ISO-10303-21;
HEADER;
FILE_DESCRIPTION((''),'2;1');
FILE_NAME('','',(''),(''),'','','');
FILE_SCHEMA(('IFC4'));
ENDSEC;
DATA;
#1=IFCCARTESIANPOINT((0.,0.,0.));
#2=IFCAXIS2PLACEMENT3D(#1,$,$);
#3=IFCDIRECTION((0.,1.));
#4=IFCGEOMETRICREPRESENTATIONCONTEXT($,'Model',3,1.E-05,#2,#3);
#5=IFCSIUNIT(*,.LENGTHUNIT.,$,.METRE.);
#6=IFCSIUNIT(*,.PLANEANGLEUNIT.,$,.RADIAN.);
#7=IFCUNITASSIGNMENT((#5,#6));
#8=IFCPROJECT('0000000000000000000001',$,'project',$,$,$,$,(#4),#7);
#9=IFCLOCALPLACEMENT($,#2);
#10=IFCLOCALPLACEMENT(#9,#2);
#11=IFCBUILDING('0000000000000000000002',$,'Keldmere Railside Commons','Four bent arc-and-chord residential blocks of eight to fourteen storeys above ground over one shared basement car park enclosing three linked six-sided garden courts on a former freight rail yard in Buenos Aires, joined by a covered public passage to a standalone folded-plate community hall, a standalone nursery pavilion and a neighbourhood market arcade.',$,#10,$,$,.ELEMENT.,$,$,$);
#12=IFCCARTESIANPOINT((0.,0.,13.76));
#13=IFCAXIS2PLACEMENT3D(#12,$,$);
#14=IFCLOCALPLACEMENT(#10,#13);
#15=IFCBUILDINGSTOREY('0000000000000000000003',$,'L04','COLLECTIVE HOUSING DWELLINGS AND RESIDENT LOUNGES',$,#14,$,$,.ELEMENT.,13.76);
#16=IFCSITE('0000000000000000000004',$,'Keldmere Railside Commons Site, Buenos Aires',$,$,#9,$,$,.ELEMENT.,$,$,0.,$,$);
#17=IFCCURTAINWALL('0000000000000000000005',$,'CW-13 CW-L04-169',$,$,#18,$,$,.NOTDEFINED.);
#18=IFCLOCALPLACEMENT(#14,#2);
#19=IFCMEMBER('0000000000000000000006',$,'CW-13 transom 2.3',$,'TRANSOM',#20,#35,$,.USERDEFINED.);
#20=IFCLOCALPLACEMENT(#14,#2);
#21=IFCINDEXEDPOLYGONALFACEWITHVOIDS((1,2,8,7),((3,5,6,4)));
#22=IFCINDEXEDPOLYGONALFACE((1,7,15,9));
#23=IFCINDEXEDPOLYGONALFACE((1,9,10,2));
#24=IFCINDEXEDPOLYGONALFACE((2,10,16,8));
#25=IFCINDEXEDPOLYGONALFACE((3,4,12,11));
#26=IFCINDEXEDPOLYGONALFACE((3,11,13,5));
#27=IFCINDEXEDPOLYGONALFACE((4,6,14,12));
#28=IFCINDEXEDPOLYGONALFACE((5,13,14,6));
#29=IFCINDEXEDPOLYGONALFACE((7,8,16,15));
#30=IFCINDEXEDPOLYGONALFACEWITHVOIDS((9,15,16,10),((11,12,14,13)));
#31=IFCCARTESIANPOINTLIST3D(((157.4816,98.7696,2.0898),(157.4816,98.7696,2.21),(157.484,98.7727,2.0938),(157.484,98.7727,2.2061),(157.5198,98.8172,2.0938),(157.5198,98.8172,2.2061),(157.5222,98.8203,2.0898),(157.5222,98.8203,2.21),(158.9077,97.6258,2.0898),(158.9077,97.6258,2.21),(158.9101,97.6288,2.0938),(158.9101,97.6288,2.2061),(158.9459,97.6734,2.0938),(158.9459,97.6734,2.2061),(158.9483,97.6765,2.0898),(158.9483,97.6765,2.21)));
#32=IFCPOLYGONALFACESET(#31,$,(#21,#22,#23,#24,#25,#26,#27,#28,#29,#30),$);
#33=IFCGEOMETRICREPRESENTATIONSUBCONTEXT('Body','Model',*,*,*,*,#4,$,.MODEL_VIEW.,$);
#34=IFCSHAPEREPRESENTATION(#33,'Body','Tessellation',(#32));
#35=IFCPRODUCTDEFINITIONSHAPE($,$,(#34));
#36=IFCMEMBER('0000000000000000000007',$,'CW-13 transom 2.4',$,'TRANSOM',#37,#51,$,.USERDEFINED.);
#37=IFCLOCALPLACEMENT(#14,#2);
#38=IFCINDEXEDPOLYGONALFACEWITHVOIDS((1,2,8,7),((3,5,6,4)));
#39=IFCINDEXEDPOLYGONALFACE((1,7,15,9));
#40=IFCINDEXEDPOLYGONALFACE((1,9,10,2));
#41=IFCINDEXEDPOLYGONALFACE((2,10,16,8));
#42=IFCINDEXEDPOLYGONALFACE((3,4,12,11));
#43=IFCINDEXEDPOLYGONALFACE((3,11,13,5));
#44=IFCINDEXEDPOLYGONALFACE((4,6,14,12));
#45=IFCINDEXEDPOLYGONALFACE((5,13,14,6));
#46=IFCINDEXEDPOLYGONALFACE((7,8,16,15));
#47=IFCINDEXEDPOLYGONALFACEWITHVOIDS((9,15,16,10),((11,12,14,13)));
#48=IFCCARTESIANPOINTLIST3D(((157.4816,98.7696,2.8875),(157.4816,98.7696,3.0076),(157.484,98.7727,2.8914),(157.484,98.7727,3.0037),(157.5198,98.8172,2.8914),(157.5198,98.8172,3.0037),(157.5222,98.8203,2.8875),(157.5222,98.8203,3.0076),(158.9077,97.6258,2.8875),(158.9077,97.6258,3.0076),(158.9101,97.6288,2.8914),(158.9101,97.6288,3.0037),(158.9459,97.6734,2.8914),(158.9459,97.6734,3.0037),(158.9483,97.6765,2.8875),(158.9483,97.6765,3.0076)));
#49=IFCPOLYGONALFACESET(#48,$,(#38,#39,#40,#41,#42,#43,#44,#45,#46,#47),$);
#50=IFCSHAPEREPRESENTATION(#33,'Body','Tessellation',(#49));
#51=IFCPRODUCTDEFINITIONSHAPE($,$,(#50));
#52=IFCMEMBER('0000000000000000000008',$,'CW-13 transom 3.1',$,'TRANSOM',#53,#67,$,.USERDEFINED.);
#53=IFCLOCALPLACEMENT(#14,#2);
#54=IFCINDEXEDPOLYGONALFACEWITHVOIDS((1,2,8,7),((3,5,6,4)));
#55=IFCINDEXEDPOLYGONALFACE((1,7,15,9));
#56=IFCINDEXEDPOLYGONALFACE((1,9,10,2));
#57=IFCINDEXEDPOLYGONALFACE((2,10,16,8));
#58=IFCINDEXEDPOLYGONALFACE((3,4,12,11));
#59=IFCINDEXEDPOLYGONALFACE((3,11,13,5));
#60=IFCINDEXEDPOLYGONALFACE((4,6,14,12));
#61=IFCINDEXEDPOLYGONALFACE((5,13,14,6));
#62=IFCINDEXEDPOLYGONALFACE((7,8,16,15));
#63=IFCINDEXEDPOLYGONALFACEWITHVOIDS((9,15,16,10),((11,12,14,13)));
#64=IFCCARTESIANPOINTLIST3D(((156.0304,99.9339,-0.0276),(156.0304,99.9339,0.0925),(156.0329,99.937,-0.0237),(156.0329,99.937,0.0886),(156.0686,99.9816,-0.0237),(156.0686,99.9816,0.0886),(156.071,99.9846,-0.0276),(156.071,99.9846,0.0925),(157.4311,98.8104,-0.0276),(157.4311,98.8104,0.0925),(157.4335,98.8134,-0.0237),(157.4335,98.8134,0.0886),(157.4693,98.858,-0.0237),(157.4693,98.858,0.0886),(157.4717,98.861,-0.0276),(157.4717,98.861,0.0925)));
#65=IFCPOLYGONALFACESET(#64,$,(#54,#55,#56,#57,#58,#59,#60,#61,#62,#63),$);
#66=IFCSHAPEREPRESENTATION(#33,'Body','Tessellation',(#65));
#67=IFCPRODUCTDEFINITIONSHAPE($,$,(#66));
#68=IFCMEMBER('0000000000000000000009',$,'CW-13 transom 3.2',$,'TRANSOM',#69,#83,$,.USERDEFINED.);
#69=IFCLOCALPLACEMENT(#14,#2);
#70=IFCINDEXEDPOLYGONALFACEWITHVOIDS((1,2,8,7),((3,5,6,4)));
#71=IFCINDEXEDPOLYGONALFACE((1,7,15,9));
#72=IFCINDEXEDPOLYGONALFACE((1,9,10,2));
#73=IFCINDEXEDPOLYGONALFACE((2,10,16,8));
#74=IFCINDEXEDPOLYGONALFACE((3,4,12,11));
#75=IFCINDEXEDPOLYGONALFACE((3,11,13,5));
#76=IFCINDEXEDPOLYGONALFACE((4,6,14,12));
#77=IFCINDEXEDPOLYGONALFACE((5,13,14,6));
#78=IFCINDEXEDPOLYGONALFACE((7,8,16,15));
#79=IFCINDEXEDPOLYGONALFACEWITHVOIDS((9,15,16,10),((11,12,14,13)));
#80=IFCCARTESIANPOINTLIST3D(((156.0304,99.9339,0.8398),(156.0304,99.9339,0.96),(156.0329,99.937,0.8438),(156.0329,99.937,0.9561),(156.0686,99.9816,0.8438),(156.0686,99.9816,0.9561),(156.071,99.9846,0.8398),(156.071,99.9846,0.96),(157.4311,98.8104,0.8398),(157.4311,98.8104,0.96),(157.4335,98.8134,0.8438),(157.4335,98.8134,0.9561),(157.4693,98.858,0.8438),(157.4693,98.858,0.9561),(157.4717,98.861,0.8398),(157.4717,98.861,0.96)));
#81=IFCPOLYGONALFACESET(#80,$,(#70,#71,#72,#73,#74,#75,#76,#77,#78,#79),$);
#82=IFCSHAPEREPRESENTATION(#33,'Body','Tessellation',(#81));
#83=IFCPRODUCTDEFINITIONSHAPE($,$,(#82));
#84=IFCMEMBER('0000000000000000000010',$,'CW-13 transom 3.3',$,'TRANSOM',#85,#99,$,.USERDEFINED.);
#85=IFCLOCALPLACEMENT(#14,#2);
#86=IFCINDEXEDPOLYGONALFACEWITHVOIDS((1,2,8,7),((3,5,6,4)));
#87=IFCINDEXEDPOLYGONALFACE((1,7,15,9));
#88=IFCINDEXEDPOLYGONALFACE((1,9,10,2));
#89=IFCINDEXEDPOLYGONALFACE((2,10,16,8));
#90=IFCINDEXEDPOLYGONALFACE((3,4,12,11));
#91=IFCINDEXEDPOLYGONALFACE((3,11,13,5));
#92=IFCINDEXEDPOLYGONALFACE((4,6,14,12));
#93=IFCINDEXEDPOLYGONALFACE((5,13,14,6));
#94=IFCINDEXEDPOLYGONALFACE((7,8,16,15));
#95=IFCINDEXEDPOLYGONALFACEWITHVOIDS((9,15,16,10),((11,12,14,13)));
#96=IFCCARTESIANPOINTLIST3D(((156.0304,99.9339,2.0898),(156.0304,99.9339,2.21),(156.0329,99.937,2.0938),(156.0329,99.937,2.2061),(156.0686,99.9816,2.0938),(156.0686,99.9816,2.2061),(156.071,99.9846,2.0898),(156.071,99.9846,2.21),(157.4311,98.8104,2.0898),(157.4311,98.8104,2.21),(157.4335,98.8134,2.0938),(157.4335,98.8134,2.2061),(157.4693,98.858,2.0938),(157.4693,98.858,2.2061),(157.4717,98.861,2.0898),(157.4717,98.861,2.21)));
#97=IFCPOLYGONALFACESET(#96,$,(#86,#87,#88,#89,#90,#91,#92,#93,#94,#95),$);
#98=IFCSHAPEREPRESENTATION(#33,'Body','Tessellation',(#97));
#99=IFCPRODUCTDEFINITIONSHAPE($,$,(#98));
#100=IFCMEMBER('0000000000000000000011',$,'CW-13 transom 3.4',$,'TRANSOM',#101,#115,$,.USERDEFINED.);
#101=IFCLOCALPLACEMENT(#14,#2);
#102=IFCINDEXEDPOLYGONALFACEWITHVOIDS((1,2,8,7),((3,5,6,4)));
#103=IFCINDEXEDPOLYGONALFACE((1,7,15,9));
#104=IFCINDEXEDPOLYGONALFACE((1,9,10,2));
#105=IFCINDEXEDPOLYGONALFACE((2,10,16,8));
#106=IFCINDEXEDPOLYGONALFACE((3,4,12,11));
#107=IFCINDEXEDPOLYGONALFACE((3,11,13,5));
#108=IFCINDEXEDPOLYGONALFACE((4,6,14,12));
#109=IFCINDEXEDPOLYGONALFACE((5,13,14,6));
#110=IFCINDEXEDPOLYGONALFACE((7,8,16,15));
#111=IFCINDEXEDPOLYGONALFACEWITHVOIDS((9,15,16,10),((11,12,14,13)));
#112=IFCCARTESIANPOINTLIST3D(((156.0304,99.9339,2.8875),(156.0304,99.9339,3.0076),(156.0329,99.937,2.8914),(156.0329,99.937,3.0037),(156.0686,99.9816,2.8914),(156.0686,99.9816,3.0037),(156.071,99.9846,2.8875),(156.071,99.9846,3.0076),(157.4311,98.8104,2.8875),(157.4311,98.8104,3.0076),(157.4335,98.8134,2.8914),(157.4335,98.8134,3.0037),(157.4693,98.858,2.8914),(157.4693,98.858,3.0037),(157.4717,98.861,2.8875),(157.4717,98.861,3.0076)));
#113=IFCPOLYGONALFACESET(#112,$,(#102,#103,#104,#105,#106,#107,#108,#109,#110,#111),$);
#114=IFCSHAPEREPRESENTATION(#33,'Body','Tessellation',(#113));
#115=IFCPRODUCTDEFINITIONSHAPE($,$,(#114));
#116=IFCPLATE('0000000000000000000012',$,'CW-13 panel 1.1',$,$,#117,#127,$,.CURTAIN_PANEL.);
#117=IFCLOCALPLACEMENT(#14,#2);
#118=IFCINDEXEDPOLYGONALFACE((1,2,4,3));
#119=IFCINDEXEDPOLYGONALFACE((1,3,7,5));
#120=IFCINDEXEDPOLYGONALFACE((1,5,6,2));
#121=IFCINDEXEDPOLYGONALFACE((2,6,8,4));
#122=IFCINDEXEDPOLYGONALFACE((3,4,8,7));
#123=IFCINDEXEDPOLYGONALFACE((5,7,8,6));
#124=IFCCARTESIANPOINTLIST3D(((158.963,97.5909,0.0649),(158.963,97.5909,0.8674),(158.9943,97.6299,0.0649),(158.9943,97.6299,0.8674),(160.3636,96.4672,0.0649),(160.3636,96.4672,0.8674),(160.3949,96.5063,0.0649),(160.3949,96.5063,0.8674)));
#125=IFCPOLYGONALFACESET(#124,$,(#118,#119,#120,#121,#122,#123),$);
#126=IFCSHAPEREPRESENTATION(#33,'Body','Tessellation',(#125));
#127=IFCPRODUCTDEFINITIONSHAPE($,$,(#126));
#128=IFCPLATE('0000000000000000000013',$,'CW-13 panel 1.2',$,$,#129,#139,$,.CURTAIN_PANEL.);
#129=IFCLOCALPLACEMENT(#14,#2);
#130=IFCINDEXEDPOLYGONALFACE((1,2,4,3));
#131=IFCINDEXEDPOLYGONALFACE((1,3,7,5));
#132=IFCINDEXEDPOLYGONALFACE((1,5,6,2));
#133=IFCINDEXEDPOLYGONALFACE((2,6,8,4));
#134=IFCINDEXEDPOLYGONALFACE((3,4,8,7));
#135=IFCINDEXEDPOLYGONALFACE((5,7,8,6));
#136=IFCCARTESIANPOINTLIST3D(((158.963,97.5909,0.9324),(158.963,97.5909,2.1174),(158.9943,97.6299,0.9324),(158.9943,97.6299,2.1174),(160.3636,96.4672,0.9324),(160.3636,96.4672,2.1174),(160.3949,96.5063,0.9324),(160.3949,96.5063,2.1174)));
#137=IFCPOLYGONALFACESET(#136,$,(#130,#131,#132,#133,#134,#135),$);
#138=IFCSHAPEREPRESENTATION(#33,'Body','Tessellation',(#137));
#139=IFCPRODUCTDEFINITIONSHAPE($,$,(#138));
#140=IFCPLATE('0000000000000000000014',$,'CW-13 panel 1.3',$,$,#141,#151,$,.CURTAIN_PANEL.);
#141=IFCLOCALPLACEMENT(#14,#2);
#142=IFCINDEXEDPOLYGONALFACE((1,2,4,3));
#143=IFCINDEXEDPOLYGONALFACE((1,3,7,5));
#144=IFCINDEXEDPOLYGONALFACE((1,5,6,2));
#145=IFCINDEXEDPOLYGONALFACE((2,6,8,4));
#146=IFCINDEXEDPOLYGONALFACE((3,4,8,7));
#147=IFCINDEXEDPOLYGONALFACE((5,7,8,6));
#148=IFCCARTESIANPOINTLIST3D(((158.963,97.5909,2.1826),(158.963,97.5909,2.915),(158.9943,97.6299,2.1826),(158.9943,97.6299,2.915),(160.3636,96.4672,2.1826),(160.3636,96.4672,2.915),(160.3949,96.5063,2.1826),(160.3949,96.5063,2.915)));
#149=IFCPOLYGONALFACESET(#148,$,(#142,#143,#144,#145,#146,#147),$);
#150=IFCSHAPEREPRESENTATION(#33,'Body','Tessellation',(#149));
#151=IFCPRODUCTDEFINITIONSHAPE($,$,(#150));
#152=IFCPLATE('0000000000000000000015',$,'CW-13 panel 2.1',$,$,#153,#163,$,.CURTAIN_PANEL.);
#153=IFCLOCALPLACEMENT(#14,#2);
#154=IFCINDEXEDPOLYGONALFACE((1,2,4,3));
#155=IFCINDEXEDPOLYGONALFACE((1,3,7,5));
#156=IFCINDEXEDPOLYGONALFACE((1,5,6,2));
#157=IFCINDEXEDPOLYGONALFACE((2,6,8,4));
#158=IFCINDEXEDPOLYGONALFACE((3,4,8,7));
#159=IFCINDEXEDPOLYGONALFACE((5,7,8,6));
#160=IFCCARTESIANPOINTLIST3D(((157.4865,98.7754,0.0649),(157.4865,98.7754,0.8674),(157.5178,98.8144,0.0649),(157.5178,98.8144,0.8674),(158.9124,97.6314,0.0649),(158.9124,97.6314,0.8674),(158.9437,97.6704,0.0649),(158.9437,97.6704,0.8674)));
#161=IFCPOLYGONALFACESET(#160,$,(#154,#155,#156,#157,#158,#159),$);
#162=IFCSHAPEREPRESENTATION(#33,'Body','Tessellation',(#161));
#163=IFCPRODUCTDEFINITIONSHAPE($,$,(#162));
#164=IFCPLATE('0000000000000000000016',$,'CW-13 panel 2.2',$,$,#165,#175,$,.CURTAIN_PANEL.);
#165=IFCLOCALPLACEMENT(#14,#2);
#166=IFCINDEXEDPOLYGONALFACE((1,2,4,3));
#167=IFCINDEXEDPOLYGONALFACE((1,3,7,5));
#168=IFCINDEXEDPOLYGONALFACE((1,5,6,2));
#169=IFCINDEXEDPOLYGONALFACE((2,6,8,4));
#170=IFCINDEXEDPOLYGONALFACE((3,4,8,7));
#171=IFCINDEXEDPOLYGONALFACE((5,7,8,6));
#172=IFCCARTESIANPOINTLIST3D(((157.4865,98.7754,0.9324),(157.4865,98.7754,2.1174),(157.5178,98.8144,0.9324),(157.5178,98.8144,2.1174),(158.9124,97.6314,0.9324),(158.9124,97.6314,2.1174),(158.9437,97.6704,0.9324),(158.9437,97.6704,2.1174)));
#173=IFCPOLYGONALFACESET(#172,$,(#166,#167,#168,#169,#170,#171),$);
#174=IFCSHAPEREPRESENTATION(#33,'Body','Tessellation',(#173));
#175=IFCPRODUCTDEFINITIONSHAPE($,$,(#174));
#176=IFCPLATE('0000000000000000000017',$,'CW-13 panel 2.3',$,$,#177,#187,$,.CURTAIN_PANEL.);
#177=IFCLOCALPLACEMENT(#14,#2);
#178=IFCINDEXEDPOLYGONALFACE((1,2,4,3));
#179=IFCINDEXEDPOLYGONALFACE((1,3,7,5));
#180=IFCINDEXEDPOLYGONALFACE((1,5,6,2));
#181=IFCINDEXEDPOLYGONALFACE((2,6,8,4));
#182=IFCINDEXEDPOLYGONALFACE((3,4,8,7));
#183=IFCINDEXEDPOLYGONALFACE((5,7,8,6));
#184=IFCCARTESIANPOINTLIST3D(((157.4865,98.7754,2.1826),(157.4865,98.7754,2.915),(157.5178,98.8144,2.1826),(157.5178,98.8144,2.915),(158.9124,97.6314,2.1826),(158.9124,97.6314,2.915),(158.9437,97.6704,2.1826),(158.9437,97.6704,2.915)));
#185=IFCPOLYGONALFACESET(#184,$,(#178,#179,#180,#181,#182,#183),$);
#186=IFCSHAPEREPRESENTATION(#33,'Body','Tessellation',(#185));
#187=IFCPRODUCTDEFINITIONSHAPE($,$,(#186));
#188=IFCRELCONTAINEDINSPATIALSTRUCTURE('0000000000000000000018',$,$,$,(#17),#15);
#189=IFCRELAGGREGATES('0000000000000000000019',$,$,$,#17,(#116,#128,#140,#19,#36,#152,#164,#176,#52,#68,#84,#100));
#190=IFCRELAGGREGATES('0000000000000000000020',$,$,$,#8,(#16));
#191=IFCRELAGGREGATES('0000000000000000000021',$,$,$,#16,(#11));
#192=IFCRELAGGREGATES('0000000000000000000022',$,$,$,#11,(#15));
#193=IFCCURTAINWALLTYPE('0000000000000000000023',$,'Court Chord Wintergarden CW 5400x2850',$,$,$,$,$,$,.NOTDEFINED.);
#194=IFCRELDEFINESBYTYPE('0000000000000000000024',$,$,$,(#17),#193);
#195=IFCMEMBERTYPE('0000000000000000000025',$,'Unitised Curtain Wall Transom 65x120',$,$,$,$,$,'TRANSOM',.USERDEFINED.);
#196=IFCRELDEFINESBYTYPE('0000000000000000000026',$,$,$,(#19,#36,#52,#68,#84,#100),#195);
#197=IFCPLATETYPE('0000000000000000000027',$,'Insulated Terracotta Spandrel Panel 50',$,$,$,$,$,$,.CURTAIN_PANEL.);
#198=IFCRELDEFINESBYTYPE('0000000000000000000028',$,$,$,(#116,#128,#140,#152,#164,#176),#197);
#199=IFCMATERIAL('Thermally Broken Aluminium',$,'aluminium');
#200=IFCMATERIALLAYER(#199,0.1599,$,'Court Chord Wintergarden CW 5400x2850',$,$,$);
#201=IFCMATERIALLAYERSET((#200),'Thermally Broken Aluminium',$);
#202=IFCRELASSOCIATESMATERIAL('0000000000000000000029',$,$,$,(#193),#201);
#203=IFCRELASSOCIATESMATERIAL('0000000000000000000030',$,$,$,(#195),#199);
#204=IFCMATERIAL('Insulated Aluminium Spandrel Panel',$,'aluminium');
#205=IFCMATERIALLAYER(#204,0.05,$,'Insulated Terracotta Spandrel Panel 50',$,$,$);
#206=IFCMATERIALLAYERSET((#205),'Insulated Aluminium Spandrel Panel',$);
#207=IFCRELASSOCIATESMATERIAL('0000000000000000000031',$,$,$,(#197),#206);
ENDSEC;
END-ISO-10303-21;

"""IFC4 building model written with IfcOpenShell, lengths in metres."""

from ifc_helpers import new_model, si_unit, direction, frame, origin, origin_2d, place, context, subcontext, project, spatial, rectangle, hollow_rectangle, extrude, material, layer, layer_set, material_profile, profile_set, type_object, element, aggregate, save


model = new_model("IFC4")

# Units and contexts
model_context = context("Model", 3, precision=1e-05, world=origin(), true_north=direction((0.0, 1.0)))
body_context = subcontext(model_context, "Body", "Model", "MODEL_VIEW")
ifc_project = project(units=[si_unit("LENGTHUNIT", "METRE"), si_unit("PLANEANGLEUNIT", "RADIAN")], contexts=[model_context])

# Site, building, storey
site_placement = place(None, origin())
site = spatial("IfcSite", under=ifc_project, at=site_placement, Name="Keldmere Railside Commons Site, Buenos Aires", CompositionType="ELEMENT", RefElevation=0.0)
building_placement = place(site_placement, origin())
building = spatial("IfcBuilding", under=site, at=building_placement, Name="Keldmere Railside Commons", Description="Four bent arc-and-chord residential blocks of eight to fourteen storeys above ground over one shared basement car park enclosing three linked six-sided garden courts on a former freight rail yard in Buenos Aires, joined by a covered public passage to a standalone folded-plate community hall, a standalone nursery pavilion and a neighbourhood market arcade.", CompositionType="ELEMENT")
storey_placement = place(building_placement, frame((0.0, 0.0, 13.76)))
storey = spatial("IfcBuildingStorey", under=building, at=storey_placement, Name="L04", Description="COLLECTIVE HOUSING DWELLINGS AND RESIDENT LOUNGES", CompositionType="ELEMENT", Elevation=13.76)

# Curtain wall, members, plates
ifc_material_1 = material(Name="Thermally Broken Aluminium", Category="aluminium")
ifc_layer_1 = layer(ifc_material_1, 0.1599, Name="Court Chord Wintergarden CW 5400x2850")
ifc_layer_set_1 = layer_set([ifc_layer_1], Name="Thermally Broken Aluminium")
curtain_wall_type = type_object("IfcCurtainWallType", Name="Court Chord Wintergarden CW 5400x2850", PredefinedType="NOTDEFINED", material=ifc_layer_set_1)
curtain_wall_placement = place(storey_placement, origin())
curtain_wall = element("IfcCurtainWall", 1, at=curtain_wall_placement, inside=storey, type_object=curtain_wall_type, Name="CW-13 CW-L04-169", PredefinedType="NOTDEFINED")
ifc_material_profile_1 = material_profile(ifc_material_1, hollow_rectangle(XDim=0.0649, YDim=0.1201, WallThickness=0.0039, at=origin_2d()), Name="ALU-TRAN-65x120")
ifc_profile_set_1 = profile_set([ifc_material_profile_1], Name="Thermally Broken Aluminium")
member_type_1 = type_object("IfcMemberType", Name="Unitised Curtain Wall Transom 65x120", ElementType="TRANSOM", PredefinedType="USERDEFINED", material=ifc_profile_set_1)
member_1_placement = place(storey_placement, frame((158.928, 97.6511, 2.1499), z_axis=(-0.780073, 0.625688, 0.0), x_axis=(-0.625688, -0.780073, 0.0)))
member_1 = element("IfcMember", 2, at=member_1_placement, type_object=member_type_1, Name="CW-13 transom 2.3", ObjectType="TRANSOM", PredefinedType="USERDEFINED", context=body_context, shape_type="SweptSolid", body=[
    extrude(hollow_rectangle(XDim=0.0649, YDim=0.1201, WallThickness=0.0039, at=origin_2d()), origin(), (0.0, 0.0, 1.0), 1.8281),
])
member_2_placement = place(storey_placement, frame((158.928, 97.6511, 2.9475), z_axis=(-0.780073, 0.625688, 0.0), x_axis=(-0.625688, -0.780073, 0.0)))
member_2 = element("IfcMember", 3, at=member_2_placement, type_object=member_type_1, Name="CW-13 transom 2.4", ObjectType="TRANSOM", PredefinedType="USERDEFINED", context=body_context, shape_type="SweptSolid", body=[
    extrude(hollow_rectangle(XDim=0.0649, YDim=0.1201, WallThickness=0.0039, at=origin_2d()), origin(), (0.0, 0.0, 1.0), 1.8281),
])
member_3_placement = place(storey_placement, frame((157.4514, 98.8357, 0.0325), z_axis=(-0.780046, 0.625723, 0.0), x_axis=(-0.625723, -0.780046, 0.0)))
member_3 = element("IfcMember", 4, at=member_3_placement, type_object=member_type_1, Name="CW-13 transom 3.1", ObjectType="TRANSOM", PredefinedType="USERDEFINED", context=body_context, shape_type="SweptSolid", body=[
    extrude(hollow_rectangle(XDim=0.0649, YDim=0.1201, WallThickness=0.0039, at=origin_2d()), origin(), (0.0, 0.0, 1.0), 1.7957),
])
member_4_placement = place(storey_placement, frame((157.4514, 98.8357, 0.8999), z_axis=(-0.780046, 0.625723, 0.0), x_axis=(-0.625723, -0.780046, 0.0)))
member_4 = element("IfcMember", 5, at=member_4_placement, type_object=member_type_1, Name="CW-13 transom 3.2", ObjectType="TRANSOM", PredefinedType="USERDEFINED", context=body_context, shape_type="SweptSolid", body=[
    extrude(hollow_rectangle(XDim=0.0649, YDim=0.1201, WallThickness=0.0039, at=origin_2d()), origin(), (0.0, 0.0, 1.0), 1.7957),
])
member_5_placement = place(storey_placement, frame((157.4514, 98.8357, 2.1499), z_axis=(-0.780046, 0.625723, 0.0), x_axis=(-0.625723, -0.780046, 0.0)))
member_5 = element("IfcMember", 6, at=member_5_placement, type_object=member_type_1, Name="CW-13 transom 3.3", ObjectType="TRANSOM", PredefinedType="USERDEFINED", context=body_context, shape_type="SweptSolid", body=[
    extrude(hollow_rectangle(XDim=0.0649, YDim=0.1201, WallThickness=0.0039, at=origin_2d()), origin(), (0.0, 0.0, 1.0), 1.7957),
])
member_6_placement = place(storey_placement, frame((157.4514, 98.8357, 2.9475), z_axis=(-0.780046, 0.625723, 0.0), x_axis=(-0.625723, -0.780046, 0.0)))
member_6 = element("IfcMember", 7, at=member_6_placement, type_object=member_type_1, Name="CW-13 transom 3.4", ObjectType="TRANSOM", PredefinedType="USERDEFINED", context=body_context, shape_type="SweptSolid", body=[
    extrude(hollow_rectangle(XDim=0.0649, YDim=0.1201, WallThickness=0.0039, at=origin_2d()), origin(), (0.0, 0.0, 1.0), 1.7957),
])
ifc_material_2 = material(Name="Insulated Aluminium Spandrel Panel", Category="aluminium")
ifc_layer_2 = layer(ifc_material_2, 0.05, Name="Insulated Terracotta Spandrel Panel 50")
ifc_layer_set_2 = layer_set([ifc_layer_2], Name="Insulated Aluminium Spandrel Panel")
plate_type = type_object("IfcPlateType", Name="Insulated Terracotta Spandrel Panel 50", PredefinedType="CURTAIN_PANEL", material=ifc_layer_set_2)
plate_1_placement = place(storey_placement, frame((159.679, 97.0486, 0.0649), z_axis=(0.0, 0.0, 1.0), x_axis=(-0.780009, 0.625768, 0.0)))
plate_1 = element("IfcPlate", 8, at=plate_1_placement, type_object=plate_type, Name="CW-13 panel 1.1", PredefinedType="CURTAIN_PANEL", context=body_context, shape_type="SweptSolid", body=[
    extrude(rectangle(XDim=1.7957, YDim=0.05, at=origin_2d()), origin(), (0.0, 0.0, 1.0), 0.8025),
])
plate_2_placement = place(storey_placement, frame((159.679, 97.0486, 0.9324), z_axis=(0.0, 0.0, 1.0), x_axis=(-0.780009, 0.625768, 0.0)))
plate_2 = element("IfcPlate", 9, at=plate_2_placement, type_object=plate_type, Name="CW-13 panel 1.2", PredefinedType="CURTAIN_PANEL", context=body_context, shape_type="SweptSolid", body=[
    extrude(rectangle(XDim=1.7957, YDim=0.05, at=origin_2d()), origin(), (0.0, 0.0, 1.0), 1.1851),
])
plate_3_placement = place(storey_placement, frame((159.679, 97.0486, 2.1826), z_axis=(0.0, 0.0, 1.0), x_axis=(-0.780009, 0.625768, 0.0)))
plate_3 = element("IfcPlate", 10, at=plate_3_placement, type_object=plate_type, Name="CW-13 panel 1.3", PredefinedType="CURTAIN_PANEL", context=body_context, shape_type="SweptSolid", body=[
    extrude(rectangle(XDim=1.7957, YDim=0.05, at=origin_2d()), origin(), (0.0, 0.0, 1.0), 0.7324),
])
plate_4_placement = place(storey_placement, frame((158.2151, 98.2229, 0.0649), z_axis=(0.0, 0.0, 1.0), x_axis=(-0.780009, 0.625768, 0.0)))
plate_4 = element("IfcPlate", 11, at=plate_4_placement, type_object=plate_type, Name="CW-13 panel 2.1", PredefinedType="CURTAIN_PANEL", context=body_context, shape_type="SweptSolid", body=[
    extrude(rectangle(XDim=1.8281, YDim=0.05, at=origin_2d()), origin(), (0.0, 0.0, 1.0), 0.8025),
])
plate_5_placement = place(storey_placement, frame((158.2151, 98.2229, 0.9324), z_axis=(0.0, 0.0, 1.0), x_axis=(-0.780009, 0.625768, 0.0)))
plate_5 = element("IfcPlate", 12, at=plate_5_placement, type_object=plate_type, Name="CW-13 panel 2.2", PredefinedType="CURTAIN_PANEL", context=body_context, shape_type="SweptSolid", body=[
    extrude(rectangle(XDim=1.8281, YDim=0.05, at=origin_2d()), origin(), (0.0, 0.0, 1.0), 1.1851),
])
plate_6_placement = place(storey_placement, frame((158.2151, 98.2229, 2.1826), z_axis=(0.0, 0.0, 1.0), x_axis=(-0.780009, 0.625768, 0.0)))
plate_6 = element("IfcPlate", 13, at=plate_6_placement, type_object=plate_type, Name="CW-13 panel 2.3", PredefinedType="CURTAIN_PANEL", context=body_context, shape_type="SweptSolid", body=[
    extrude(rectangle(XDim=1.8281, YDim=0.05, at=origin_2d()), origin(), (0.0, 0.0, 1.0), 0.7324),
])
aggregate(curtain_wall, [plate_1, plate_2, plate_3, member_1, member_2, plate_4, plate_5, plate_6, member_3, member_4, member_5, member_6])

save(model, "model.ifc")
